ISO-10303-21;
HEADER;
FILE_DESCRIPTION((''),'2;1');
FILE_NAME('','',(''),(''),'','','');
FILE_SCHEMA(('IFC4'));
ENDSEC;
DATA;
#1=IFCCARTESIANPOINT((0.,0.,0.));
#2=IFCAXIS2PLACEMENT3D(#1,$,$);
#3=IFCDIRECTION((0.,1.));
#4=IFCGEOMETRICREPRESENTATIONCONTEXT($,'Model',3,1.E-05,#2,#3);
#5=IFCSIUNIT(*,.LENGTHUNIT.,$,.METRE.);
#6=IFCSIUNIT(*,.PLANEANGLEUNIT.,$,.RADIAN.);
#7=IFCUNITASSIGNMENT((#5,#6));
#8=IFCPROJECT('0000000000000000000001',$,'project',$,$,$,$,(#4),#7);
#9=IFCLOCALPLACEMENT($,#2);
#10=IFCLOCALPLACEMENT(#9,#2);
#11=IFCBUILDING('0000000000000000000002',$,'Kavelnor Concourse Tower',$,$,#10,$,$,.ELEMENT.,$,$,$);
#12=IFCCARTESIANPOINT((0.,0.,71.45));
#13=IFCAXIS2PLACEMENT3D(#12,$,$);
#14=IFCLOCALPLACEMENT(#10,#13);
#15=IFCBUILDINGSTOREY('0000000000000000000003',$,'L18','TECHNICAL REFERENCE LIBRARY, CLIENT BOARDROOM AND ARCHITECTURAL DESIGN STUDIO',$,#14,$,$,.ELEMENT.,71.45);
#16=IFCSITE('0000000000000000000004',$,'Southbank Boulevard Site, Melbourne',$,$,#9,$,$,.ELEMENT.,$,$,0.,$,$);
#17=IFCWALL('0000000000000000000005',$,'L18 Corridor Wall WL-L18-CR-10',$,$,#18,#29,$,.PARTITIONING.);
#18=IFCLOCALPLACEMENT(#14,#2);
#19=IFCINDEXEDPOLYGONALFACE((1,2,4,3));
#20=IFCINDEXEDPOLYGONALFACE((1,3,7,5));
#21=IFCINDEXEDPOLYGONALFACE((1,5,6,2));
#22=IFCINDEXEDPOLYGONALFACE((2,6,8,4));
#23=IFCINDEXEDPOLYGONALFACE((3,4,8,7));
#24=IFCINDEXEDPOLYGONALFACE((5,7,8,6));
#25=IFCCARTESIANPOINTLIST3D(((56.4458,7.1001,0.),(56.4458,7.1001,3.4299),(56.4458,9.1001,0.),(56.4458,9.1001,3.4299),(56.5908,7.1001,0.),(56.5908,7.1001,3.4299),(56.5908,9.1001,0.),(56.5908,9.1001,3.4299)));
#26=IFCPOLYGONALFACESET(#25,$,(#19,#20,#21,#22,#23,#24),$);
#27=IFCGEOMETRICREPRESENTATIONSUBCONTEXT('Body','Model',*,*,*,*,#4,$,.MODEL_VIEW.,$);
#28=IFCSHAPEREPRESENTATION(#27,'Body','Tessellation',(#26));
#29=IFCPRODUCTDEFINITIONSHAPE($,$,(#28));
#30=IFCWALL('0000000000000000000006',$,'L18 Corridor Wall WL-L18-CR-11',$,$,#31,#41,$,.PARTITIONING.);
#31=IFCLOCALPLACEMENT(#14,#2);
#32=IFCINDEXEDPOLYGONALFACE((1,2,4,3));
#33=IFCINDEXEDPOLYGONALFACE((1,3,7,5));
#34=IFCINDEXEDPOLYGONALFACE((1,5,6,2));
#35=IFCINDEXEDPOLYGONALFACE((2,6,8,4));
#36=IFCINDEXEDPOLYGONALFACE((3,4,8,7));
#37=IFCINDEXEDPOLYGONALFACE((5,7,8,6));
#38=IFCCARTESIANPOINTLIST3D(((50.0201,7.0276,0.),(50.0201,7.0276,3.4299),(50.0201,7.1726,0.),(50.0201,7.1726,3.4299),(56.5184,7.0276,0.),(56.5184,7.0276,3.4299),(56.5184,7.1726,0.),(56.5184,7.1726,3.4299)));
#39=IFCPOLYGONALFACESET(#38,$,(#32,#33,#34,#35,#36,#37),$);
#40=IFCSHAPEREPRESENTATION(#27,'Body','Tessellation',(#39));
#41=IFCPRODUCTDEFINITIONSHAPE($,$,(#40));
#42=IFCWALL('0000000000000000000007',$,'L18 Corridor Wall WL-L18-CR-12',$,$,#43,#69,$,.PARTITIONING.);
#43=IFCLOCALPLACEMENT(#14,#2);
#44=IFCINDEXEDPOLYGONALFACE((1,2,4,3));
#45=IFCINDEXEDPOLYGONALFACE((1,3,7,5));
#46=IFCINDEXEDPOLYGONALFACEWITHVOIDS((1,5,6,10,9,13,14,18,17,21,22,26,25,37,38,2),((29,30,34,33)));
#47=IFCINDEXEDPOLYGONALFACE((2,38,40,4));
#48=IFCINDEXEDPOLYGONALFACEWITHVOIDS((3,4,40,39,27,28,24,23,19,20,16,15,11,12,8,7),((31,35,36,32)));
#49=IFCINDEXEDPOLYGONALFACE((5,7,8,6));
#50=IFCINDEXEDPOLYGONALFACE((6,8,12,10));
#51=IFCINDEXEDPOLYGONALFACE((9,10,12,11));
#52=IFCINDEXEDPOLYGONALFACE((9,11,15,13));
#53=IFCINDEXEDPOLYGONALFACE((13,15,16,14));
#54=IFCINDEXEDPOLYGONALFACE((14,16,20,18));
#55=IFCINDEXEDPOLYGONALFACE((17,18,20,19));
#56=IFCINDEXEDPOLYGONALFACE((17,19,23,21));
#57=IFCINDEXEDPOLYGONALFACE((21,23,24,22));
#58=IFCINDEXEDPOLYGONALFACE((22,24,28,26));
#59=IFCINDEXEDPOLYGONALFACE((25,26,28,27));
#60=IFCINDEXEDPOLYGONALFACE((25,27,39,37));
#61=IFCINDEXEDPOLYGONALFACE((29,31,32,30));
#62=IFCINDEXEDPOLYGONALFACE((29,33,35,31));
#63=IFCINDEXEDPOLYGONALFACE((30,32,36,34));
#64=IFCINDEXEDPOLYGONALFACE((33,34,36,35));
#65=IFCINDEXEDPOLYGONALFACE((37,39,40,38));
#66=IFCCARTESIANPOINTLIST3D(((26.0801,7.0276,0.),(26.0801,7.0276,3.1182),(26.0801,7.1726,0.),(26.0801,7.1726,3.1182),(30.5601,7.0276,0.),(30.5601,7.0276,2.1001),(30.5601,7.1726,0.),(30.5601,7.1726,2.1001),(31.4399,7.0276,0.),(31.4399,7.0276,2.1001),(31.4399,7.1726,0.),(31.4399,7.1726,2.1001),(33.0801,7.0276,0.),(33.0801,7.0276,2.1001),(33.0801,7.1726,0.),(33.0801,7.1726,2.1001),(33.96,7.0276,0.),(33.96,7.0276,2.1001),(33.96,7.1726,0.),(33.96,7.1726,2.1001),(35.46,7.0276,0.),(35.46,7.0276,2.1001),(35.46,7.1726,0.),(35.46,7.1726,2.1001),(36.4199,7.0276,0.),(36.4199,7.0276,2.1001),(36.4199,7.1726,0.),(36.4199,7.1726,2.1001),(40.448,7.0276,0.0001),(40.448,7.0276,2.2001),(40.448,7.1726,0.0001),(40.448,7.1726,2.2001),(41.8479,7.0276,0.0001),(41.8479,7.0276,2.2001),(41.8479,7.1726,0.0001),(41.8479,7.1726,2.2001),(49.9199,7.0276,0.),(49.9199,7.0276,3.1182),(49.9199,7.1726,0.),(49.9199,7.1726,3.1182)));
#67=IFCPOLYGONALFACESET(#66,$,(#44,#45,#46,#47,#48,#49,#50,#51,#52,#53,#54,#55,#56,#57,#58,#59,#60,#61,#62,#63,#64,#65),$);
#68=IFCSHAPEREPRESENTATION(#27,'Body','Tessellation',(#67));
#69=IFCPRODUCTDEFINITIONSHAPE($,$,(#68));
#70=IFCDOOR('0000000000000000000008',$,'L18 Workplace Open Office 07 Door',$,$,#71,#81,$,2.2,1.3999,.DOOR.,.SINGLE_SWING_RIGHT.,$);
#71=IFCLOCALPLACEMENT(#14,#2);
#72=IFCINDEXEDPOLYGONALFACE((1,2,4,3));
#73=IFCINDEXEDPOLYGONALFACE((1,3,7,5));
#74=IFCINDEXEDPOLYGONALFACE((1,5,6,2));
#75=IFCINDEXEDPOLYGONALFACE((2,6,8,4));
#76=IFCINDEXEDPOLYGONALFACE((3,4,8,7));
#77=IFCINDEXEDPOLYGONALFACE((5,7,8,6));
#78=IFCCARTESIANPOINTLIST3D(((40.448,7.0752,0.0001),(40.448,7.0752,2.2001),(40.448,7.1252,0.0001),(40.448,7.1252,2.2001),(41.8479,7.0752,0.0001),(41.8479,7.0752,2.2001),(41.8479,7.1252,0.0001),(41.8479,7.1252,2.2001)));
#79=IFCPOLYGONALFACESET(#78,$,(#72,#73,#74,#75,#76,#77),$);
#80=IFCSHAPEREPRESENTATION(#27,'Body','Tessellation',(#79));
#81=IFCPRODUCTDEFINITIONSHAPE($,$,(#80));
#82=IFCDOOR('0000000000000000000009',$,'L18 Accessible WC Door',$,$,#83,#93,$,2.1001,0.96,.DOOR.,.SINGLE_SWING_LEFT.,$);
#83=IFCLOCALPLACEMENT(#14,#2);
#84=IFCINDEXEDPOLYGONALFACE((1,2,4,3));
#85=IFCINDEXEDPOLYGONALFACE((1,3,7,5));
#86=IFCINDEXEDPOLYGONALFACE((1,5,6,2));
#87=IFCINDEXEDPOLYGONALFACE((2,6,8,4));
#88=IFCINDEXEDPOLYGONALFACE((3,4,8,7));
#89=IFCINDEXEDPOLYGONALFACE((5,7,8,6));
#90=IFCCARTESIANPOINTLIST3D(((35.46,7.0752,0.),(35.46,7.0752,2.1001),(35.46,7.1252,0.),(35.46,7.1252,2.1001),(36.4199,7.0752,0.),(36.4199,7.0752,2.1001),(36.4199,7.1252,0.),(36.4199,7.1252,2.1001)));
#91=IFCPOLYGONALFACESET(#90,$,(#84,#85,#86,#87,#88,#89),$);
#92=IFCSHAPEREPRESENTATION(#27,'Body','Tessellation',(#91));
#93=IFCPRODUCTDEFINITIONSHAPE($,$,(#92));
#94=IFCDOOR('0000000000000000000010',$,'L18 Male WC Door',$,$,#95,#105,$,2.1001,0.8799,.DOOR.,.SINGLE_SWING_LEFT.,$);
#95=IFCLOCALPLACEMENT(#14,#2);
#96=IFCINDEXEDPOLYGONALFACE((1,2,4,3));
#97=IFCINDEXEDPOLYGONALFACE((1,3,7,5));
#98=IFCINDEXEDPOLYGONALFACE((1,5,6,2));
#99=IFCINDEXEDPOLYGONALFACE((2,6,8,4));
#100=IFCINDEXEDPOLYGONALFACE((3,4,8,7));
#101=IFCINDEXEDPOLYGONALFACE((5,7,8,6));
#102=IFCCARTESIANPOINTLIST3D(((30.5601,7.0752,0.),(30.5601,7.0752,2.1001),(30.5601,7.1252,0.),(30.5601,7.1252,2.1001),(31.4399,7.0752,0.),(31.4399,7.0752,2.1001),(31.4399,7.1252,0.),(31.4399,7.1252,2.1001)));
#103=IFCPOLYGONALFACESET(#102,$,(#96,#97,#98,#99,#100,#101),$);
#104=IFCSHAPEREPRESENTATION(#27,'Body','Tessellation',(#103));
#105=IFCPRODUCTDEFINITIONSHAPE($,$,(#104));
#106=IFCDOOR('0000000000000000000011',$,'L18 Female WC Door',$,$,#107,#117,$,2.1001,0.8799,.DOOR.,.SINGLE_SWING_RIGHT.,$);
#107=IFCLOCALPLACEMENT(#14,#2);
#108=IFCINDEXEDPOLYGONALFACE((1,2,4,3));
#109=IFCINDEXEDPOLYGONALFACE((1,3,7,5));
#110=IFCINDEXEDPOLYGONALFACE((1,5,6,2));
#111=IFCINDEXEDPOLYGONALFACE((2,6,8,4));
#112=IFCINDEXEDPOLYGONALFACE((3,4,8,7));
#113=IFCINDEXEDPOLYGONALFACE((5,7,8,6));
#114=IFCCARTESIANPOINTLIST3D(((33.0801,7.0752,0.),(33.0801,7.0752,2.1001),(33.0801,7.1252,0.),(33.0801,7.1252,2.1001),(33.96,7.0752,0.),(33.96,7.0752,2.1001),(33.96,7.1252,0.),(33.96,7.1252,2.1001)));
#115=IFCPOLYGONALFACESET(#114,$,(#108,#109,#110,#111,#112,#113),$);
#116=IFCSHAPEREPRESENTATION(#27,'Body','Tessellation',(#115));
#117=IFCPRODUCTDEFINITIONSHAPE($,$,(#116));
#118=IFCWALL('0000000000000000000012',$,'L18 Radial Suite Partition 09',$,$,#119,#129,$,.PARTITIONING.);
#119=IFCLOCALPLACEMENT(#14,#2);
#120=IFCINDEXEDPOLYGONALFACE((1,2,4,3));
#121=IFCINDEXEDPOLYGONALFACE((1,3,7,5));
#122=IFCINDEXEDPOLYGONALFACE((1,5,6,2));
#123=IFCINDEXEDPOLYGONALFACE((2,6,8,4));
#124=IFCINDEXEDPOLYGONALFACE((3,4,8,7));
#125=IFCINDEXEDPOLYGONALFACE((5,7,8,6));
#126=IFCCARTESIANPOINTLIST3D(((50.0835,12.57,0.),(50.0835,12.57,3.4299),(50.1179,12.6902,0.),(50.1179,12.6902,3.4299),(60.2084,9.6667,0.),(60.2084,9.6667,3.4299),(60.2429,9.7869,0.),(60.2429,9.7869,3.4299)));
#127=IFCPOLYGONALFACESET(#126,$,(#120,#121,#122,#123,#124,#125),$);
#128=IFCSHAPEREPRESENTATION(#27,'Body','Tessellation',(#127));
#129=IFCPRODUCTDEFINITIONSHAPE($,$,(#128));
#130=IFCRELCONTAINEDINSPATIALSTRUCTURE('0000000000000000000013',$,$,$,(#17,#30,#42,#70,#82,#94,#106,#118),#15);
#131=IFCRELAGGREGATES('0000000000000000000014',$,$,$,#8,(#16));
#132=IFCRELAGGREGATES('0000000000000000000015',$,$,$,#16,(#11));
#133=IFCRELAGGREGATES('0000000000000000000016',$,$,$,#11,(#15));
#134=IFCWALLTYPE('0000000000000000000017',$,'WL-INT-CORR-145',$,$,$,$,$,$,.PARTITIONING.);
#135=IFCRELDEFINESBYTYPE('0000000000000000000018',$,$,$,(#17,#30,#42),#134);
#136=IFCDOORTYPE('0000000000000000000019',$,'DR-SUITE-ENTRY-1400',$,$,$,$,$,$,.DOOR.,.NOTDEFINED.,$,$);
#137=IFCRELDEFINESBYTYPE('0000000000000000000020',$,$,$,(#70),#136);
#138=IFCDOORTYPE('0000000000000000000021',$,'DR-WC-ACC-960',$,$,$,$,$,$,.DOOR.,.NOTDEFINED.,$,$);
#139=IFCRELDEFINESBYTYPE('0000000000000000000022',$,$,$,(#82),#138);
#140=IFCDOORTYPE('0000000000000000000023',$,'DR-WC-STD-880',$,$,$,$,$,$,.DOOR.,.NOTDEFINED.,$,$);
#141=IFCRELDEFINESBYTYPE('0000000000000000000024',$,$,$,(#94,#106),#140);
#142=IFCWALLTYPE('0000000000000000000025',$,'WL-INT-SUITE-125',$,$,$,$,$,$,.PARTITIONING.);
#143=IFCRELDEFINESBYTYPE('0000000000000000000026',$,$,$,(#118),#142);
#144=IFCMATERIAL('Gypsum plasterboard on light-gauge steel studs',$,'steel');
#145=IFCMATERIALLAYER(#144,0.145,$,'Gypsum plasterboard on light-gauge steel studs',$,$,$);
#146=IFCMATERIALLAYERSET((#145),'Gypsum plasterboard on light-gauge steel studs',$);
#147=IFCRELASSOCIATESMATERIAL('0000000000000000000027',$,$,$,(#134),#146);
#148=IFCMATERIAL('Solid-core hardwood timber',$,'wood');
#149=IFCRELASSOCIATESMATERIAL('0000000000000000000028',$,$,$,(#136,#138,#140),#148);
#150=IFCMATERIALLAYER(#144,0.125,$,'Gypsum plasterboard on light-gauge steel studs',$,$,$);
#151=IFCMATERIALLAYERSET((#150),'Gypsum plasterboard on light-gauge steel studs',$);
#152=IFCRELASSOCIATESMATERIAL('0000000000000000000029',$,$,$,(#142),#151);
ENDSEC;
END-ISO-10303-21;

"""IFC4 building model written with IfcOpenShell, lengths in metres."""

from ifc_helpers import new_model, si_unit, direction, frame, frame_2d, origin, place, context, subcontext, project, spatial, rectangle, extrude, material, layer, layer_set, type_object, element, fill, save


model = new_model("IFC4")

# Units and contexts
model_context = context("Model", 3, precision=1e-05, world=origin(), true_north=direction((0.0, 1.0)))
body_context = subcontext(model_context, "Body", "Model", "MODEL_VIEW")
ifc_project = project(units=[si_unit("LENGTHUNIT", "METRE"), si_unit("PLANEANGLEUNIT", "RADIAN")], contexts=[model_context])

# Site, building, storey
site_placement = place(None, origin())
site = spatial("IfcSite", under=ifc_project, at=site_placement, Name="Southbank Boulevard Site, Melbourne", CompositionType="ELEMENT", RefElevation=0.0)
building_placement = place(site_placement, origin())
building = spatial("IfcBuilding", under=site, at=building_placement, Name="Kavelnor Concourse Tower", CompositionType="ELEMENT")
storey_placement = place(building_placement, frame((0.0, 0.0, 71.45)))
storey = spatial("IfcBuildingStorey", under=building, at=storey_placement, Name="L18", Description="TECHNICAL REFERENCE LIBRARY, CLIENT BOARDROOM AND ARCHITECTURAL DESIGN STUDIO", CompositionType="ELEMENT", Elevation=71.45)

# Shared definitions
ifc_material_1 = material(Name="Gypsum plasterboard on light-gauge steel studs", Category="steel")
ifc_layer_1 = layer(ifc_material_1, 0.145, Name="Gypsum plasterboard on light-gauge steel studs")
ifc_layer_set_1 = layer_set([ifc_layer_1], Name="Gypsum plasterboard on light-gauge steel studs")
wall_type_1 = type_object("IfcWallType", Name="WL-INT-CORR-145", PredefinedType="PARTITIONING", material=ifc_layer_set_1)
ifc_material_2 = material(Name="Solid-core hardwood timber", Category="wood")
door_type_1 = type_object("IfcDoorType", Name="DR-SUITE-ENTRY-1400", OperationType="NOTDEFINED", PredefinedType="DOOR", material=ifc_material_2)

# Walls
wall_1_placement = place(storey_placement, frame((56.5183, 9.1001, 0.0), z_axis=(0.0, 0.0, 1.0), x_axis=(0.0, -1.0, 0.0)))
element("IfcWall", 1, at=wall_1_placement, inside=storey, type_object=wall_type_1, Name="L18 Corridor Wall WL-L18-CR-10", PredefinedType="PARTITIONING", context=body_context, shape_type="SweptSolid", body=[
    extrude(rectangle(XDim=2.0, YDim=0.145, at=frame_2d((1.0, 0.0))), origin(), (0.0, 0.0, 1.0), 3.4299),
])
wall_2_placement = place(storey_placement, frame((56.5183, 7.1001, 0.0), z_axis=(0.0, 0.0, 1.0), x_axis=(-1.0, 0.0, 0.0)))
element("IfcWall", 2, at=wall_2_placement, inside=storey, type_object=wall_type_1, Name="L18 Corridor Wall WL-L18-CR-11", PredefinedType="PARTITIONING", context=body_context, shape_type="SweptSolid", body=[
    extrude(rectangle(XDim=6.4983, YDim=0.145, at=frame_2d((3.249, 0.0))), origin(), (0.0, 0.0, 1.0), 3.4299),
])

# Wall, openings, doors
wall_3_placement = place(storey_placement, frame((49.9199, 7.1001, 0.0), z_axis=(0.0, 0.0, 1.0), x_axis=(-1.0, 0.0, 0.0)))
wall_3 = element("IfcWall", 3, at=wall_3_placement, inside=storey, type_object=wall_type_1, Name="L18 Corridor Wall WL-L18-CR-12", PredefinedType="PARTITIONING", context=body_context, shape_type="SweptSolid", body=[
    extrude(rectangle(XDim=23.8398, YDim=0.145, at=frame_2d((11.9199, 0.0))), origin(), (0.0, 0.0, 1.0), 3.1182),
])
opening_1_placement = place(wall_3_placement, frame((18.48, 0.0, 0.0)))
opening_1 = element("IfcOpeningElement", 4, at=opening_1_placement, cuts=wall_3, PredefinedType="OPENING", context=body_context, shape_type="SweptSolid", body=[
    extrude(rectangle(XDim=0.8799, YDim=2.1001, at=frame_2d((0.4399, 1.05))), frame((0.0, 0.0825, 0.0), z_axis=(0.0, -1.0, 0.0), x_axis=(1.0, 0.0, 0.0)), (0.0, 0.0, 1.0), 0.165),
])
opening_2_placement = place(wall_3_placement, frame((15.96, 0.0, 0.0)))
opening_2 = element("IfcOpeningElement", 5, at=opening_2_placement, cuts=wall_3, PredefinedType="OPENING", context=body_context, shape_type="SweptSolid", body=[
    extrude(rectangle(XDim=0.8799, YDim=2.1001, at=frame_2d((0.4399, 1.05))), frame((0.0, 0.0825, 0.0), z_axis=(0.0, -1.0, 0.0), x_axis=(1.0, 0.0, 0.0)), (0.0, 0.0, 1.0), 0.165),
])
opening_3_placement = place(wall_3_placement, frame((13.5, 0.0, 0.0)))
opening_3 = element("IfcOpeningElement", 6, at=opening_3_placement, cuts=wall_3, PredefinedType="OPENING", context=body_context, shape_type="SweptSolid", body=[
    extrude(rectangle(XDim=0.96, YDim=2.1001, at=frame_2d((0.48, 1.05))), frame((0.0, 0.0825, 0.0), z_axis=(0.0, -1.0, 0.0), x_axis=(1.0, 0.0, 0.0)), (0.0, 0.0, 1.0), 0.165),
])
opening_4_placement = place(wall_3_placement, frame((8.072, 0.0, 0.0)))
opening_4 = element("IfcOpeningElement", 7, at=opening_4_placement, cuts=wall_3, PredefinedType="OPENING", context=body_context, shape_type="SweptSolid", body=[
    extrude(rectangle(XDim=1.3999, YDim=2.2, at=frame_2d((0.7, 1.1001))), frame((0.0, 0.0825, 0.0), z_axis=(0.0, -1.0, 0.0), x_axis=(1.0, 0.0, 0.0)), (0.0, 0.0, 1.0), 0.165),
])
door_1_placement = place(opening_4_placement, origin())
door_1 = element("IfcDoor", 8, at=door_1_placement, inside=storey, type_object=door_type_1, Name="L18 Workplace Open Office 07 Door", OperationType="SINGLE_SWING_RIGHT", OverallHeight=2.2, OverallWidth=1.3999, PredefinedType="DOOR", context=body_context, shape_type="SweptSolid", body=[
    extrude(rectangle(XDim=1.3999, YDim=2.2, at=frame_2d((0.7, 1.1001))), frame((0.0, 0.0249, 0.0), z_axis=(0.0, -1.0, 0.0), x_axis=(1.0, 0.0, 0.0)), (0.0, 0.0, 1.0), 0.05),
])
fill(opening_4, door_1)
door_type_2 = type_object("IfcDoorType", Name="DR-WC-ACC-960", OperationType="NOTDEFINED", PredefinedType="DOOR", material=ifc_material_2)
door_2_placement = place(opening_3_placement, origin())
door_2 = element("IfcDoor", 9, at=door_2_placement, inside=storey, type_object=door_type_2, Name="L18 Accessible WC Door", OperationType="SINGLE_SWING_LEFT", OverallHeight=2.1001, OverallWidth=0.96, PredefinedType="DOOR", context=body_context, shape_type="SweptSolid", body=[
    extrude(rectangle(XDim=0.96, YDim=2.1001, at=frame_2d((0.48, 1.05))), frame((0.0, 0.0249, 0.0), z_axis=(0.0, -1.0, 0.0), x_axis=(1.0, 0.0, 0.0)), (0.0, 0.0, 1.0), 0.05),
])
fill(opening_3, door_2)
door_type_3 = type_object("IfcDoorType", Name="DR-WC-STD-880", OperationType="NOTDEFINED", PredefinedType="DOOR", material=ifc_material_2)
door_3_placement = place(opening_1_placement, origin())
door_3 = element("IfcDoor", 10, at=door_3_placement, inside=storey, type_object=door_type_3, Name="L18 Male WC Door", OperationType="SINGLE_SWING_LEFT", OverallHeight=2.1001, OverallWidth=0.8799, PredefinedType="DOOR", context=body_context, shape_type="SweptSolid", body=[
    extrude(rectangle(XDim=0.8799, YDim=2.1001, at=frame_2d((0.4399, 1.05))), frame((0.0, 0.0249, 0.0), z_axis=(0.0, -1.0, 0.0), x_axis=(1.0, 0.0, 0.0)), (0.0, 0.0, 1.0), 0.05),
])
fill(opening_1, door_3)
door_4_placement = place(opening_2_placement, origin())
door_4 = element("IfcDoor", 11, at=door_4_placement, inside=storey, type_object=door_type_3, Name="L18 Female WC Door", OperationType="SINGLE_SWING_RIGHT", OverallHeight=2.1001, OverallWidth=0.8799, PredefinedType="DOOR", context=body_context, shape_type="SweptSolid", body=[
    extrude(rectangle(XDim=0.8799, YDim=2.1001, at=frame_2d((0.4399, 1.05))), frame((0.0, 0.0249, 0.0), z_axis=(0.0, -1.0, 0.0), x_axis=(1.0, 0.0, 0.0)), (0.0, 0.0, 1.0), 0.05),
])
fill(opening_2, door_4)

# Wall
ifc_layer_2 = layer(ifc_material_1, 0.125, Name="Gypsum plasterboard on light-gauge steel studs")
ifc_layer_set_2 = layer_set([ifc_layer_2], Name="Gypsum plasterboard on light-gauge steel studs")
wall_type_2 = type_object("IfcWallType", Name="WL-INT-SUITE-125", PredefinedType="PARTITIONING", material=ifc_layer_set_2)
wall_4_placement = place(storey_placement, frame((50.1006, 12.6301, 0.0), z_axis=(0.0, 0.0, 1.0), x_axis=(0.961261, -0.275639, 0.0)))
element("IfcWall", 12, at=wall_4_placement, inside=storey, type_object=wall_type_2, Name="L18 Radial Suite Partition 09", PredefinedType="PARTITIONING", context=body_context, shape_type="SweptSolid", body=[
    extrude(rectangle(XDim=10.533, YDim=0.125, at=frame_2d((5.2666, 0.0))), origin(), (0.0, 0.0, 1.0), 3.4299),
])

save(model, "model.ifc")
